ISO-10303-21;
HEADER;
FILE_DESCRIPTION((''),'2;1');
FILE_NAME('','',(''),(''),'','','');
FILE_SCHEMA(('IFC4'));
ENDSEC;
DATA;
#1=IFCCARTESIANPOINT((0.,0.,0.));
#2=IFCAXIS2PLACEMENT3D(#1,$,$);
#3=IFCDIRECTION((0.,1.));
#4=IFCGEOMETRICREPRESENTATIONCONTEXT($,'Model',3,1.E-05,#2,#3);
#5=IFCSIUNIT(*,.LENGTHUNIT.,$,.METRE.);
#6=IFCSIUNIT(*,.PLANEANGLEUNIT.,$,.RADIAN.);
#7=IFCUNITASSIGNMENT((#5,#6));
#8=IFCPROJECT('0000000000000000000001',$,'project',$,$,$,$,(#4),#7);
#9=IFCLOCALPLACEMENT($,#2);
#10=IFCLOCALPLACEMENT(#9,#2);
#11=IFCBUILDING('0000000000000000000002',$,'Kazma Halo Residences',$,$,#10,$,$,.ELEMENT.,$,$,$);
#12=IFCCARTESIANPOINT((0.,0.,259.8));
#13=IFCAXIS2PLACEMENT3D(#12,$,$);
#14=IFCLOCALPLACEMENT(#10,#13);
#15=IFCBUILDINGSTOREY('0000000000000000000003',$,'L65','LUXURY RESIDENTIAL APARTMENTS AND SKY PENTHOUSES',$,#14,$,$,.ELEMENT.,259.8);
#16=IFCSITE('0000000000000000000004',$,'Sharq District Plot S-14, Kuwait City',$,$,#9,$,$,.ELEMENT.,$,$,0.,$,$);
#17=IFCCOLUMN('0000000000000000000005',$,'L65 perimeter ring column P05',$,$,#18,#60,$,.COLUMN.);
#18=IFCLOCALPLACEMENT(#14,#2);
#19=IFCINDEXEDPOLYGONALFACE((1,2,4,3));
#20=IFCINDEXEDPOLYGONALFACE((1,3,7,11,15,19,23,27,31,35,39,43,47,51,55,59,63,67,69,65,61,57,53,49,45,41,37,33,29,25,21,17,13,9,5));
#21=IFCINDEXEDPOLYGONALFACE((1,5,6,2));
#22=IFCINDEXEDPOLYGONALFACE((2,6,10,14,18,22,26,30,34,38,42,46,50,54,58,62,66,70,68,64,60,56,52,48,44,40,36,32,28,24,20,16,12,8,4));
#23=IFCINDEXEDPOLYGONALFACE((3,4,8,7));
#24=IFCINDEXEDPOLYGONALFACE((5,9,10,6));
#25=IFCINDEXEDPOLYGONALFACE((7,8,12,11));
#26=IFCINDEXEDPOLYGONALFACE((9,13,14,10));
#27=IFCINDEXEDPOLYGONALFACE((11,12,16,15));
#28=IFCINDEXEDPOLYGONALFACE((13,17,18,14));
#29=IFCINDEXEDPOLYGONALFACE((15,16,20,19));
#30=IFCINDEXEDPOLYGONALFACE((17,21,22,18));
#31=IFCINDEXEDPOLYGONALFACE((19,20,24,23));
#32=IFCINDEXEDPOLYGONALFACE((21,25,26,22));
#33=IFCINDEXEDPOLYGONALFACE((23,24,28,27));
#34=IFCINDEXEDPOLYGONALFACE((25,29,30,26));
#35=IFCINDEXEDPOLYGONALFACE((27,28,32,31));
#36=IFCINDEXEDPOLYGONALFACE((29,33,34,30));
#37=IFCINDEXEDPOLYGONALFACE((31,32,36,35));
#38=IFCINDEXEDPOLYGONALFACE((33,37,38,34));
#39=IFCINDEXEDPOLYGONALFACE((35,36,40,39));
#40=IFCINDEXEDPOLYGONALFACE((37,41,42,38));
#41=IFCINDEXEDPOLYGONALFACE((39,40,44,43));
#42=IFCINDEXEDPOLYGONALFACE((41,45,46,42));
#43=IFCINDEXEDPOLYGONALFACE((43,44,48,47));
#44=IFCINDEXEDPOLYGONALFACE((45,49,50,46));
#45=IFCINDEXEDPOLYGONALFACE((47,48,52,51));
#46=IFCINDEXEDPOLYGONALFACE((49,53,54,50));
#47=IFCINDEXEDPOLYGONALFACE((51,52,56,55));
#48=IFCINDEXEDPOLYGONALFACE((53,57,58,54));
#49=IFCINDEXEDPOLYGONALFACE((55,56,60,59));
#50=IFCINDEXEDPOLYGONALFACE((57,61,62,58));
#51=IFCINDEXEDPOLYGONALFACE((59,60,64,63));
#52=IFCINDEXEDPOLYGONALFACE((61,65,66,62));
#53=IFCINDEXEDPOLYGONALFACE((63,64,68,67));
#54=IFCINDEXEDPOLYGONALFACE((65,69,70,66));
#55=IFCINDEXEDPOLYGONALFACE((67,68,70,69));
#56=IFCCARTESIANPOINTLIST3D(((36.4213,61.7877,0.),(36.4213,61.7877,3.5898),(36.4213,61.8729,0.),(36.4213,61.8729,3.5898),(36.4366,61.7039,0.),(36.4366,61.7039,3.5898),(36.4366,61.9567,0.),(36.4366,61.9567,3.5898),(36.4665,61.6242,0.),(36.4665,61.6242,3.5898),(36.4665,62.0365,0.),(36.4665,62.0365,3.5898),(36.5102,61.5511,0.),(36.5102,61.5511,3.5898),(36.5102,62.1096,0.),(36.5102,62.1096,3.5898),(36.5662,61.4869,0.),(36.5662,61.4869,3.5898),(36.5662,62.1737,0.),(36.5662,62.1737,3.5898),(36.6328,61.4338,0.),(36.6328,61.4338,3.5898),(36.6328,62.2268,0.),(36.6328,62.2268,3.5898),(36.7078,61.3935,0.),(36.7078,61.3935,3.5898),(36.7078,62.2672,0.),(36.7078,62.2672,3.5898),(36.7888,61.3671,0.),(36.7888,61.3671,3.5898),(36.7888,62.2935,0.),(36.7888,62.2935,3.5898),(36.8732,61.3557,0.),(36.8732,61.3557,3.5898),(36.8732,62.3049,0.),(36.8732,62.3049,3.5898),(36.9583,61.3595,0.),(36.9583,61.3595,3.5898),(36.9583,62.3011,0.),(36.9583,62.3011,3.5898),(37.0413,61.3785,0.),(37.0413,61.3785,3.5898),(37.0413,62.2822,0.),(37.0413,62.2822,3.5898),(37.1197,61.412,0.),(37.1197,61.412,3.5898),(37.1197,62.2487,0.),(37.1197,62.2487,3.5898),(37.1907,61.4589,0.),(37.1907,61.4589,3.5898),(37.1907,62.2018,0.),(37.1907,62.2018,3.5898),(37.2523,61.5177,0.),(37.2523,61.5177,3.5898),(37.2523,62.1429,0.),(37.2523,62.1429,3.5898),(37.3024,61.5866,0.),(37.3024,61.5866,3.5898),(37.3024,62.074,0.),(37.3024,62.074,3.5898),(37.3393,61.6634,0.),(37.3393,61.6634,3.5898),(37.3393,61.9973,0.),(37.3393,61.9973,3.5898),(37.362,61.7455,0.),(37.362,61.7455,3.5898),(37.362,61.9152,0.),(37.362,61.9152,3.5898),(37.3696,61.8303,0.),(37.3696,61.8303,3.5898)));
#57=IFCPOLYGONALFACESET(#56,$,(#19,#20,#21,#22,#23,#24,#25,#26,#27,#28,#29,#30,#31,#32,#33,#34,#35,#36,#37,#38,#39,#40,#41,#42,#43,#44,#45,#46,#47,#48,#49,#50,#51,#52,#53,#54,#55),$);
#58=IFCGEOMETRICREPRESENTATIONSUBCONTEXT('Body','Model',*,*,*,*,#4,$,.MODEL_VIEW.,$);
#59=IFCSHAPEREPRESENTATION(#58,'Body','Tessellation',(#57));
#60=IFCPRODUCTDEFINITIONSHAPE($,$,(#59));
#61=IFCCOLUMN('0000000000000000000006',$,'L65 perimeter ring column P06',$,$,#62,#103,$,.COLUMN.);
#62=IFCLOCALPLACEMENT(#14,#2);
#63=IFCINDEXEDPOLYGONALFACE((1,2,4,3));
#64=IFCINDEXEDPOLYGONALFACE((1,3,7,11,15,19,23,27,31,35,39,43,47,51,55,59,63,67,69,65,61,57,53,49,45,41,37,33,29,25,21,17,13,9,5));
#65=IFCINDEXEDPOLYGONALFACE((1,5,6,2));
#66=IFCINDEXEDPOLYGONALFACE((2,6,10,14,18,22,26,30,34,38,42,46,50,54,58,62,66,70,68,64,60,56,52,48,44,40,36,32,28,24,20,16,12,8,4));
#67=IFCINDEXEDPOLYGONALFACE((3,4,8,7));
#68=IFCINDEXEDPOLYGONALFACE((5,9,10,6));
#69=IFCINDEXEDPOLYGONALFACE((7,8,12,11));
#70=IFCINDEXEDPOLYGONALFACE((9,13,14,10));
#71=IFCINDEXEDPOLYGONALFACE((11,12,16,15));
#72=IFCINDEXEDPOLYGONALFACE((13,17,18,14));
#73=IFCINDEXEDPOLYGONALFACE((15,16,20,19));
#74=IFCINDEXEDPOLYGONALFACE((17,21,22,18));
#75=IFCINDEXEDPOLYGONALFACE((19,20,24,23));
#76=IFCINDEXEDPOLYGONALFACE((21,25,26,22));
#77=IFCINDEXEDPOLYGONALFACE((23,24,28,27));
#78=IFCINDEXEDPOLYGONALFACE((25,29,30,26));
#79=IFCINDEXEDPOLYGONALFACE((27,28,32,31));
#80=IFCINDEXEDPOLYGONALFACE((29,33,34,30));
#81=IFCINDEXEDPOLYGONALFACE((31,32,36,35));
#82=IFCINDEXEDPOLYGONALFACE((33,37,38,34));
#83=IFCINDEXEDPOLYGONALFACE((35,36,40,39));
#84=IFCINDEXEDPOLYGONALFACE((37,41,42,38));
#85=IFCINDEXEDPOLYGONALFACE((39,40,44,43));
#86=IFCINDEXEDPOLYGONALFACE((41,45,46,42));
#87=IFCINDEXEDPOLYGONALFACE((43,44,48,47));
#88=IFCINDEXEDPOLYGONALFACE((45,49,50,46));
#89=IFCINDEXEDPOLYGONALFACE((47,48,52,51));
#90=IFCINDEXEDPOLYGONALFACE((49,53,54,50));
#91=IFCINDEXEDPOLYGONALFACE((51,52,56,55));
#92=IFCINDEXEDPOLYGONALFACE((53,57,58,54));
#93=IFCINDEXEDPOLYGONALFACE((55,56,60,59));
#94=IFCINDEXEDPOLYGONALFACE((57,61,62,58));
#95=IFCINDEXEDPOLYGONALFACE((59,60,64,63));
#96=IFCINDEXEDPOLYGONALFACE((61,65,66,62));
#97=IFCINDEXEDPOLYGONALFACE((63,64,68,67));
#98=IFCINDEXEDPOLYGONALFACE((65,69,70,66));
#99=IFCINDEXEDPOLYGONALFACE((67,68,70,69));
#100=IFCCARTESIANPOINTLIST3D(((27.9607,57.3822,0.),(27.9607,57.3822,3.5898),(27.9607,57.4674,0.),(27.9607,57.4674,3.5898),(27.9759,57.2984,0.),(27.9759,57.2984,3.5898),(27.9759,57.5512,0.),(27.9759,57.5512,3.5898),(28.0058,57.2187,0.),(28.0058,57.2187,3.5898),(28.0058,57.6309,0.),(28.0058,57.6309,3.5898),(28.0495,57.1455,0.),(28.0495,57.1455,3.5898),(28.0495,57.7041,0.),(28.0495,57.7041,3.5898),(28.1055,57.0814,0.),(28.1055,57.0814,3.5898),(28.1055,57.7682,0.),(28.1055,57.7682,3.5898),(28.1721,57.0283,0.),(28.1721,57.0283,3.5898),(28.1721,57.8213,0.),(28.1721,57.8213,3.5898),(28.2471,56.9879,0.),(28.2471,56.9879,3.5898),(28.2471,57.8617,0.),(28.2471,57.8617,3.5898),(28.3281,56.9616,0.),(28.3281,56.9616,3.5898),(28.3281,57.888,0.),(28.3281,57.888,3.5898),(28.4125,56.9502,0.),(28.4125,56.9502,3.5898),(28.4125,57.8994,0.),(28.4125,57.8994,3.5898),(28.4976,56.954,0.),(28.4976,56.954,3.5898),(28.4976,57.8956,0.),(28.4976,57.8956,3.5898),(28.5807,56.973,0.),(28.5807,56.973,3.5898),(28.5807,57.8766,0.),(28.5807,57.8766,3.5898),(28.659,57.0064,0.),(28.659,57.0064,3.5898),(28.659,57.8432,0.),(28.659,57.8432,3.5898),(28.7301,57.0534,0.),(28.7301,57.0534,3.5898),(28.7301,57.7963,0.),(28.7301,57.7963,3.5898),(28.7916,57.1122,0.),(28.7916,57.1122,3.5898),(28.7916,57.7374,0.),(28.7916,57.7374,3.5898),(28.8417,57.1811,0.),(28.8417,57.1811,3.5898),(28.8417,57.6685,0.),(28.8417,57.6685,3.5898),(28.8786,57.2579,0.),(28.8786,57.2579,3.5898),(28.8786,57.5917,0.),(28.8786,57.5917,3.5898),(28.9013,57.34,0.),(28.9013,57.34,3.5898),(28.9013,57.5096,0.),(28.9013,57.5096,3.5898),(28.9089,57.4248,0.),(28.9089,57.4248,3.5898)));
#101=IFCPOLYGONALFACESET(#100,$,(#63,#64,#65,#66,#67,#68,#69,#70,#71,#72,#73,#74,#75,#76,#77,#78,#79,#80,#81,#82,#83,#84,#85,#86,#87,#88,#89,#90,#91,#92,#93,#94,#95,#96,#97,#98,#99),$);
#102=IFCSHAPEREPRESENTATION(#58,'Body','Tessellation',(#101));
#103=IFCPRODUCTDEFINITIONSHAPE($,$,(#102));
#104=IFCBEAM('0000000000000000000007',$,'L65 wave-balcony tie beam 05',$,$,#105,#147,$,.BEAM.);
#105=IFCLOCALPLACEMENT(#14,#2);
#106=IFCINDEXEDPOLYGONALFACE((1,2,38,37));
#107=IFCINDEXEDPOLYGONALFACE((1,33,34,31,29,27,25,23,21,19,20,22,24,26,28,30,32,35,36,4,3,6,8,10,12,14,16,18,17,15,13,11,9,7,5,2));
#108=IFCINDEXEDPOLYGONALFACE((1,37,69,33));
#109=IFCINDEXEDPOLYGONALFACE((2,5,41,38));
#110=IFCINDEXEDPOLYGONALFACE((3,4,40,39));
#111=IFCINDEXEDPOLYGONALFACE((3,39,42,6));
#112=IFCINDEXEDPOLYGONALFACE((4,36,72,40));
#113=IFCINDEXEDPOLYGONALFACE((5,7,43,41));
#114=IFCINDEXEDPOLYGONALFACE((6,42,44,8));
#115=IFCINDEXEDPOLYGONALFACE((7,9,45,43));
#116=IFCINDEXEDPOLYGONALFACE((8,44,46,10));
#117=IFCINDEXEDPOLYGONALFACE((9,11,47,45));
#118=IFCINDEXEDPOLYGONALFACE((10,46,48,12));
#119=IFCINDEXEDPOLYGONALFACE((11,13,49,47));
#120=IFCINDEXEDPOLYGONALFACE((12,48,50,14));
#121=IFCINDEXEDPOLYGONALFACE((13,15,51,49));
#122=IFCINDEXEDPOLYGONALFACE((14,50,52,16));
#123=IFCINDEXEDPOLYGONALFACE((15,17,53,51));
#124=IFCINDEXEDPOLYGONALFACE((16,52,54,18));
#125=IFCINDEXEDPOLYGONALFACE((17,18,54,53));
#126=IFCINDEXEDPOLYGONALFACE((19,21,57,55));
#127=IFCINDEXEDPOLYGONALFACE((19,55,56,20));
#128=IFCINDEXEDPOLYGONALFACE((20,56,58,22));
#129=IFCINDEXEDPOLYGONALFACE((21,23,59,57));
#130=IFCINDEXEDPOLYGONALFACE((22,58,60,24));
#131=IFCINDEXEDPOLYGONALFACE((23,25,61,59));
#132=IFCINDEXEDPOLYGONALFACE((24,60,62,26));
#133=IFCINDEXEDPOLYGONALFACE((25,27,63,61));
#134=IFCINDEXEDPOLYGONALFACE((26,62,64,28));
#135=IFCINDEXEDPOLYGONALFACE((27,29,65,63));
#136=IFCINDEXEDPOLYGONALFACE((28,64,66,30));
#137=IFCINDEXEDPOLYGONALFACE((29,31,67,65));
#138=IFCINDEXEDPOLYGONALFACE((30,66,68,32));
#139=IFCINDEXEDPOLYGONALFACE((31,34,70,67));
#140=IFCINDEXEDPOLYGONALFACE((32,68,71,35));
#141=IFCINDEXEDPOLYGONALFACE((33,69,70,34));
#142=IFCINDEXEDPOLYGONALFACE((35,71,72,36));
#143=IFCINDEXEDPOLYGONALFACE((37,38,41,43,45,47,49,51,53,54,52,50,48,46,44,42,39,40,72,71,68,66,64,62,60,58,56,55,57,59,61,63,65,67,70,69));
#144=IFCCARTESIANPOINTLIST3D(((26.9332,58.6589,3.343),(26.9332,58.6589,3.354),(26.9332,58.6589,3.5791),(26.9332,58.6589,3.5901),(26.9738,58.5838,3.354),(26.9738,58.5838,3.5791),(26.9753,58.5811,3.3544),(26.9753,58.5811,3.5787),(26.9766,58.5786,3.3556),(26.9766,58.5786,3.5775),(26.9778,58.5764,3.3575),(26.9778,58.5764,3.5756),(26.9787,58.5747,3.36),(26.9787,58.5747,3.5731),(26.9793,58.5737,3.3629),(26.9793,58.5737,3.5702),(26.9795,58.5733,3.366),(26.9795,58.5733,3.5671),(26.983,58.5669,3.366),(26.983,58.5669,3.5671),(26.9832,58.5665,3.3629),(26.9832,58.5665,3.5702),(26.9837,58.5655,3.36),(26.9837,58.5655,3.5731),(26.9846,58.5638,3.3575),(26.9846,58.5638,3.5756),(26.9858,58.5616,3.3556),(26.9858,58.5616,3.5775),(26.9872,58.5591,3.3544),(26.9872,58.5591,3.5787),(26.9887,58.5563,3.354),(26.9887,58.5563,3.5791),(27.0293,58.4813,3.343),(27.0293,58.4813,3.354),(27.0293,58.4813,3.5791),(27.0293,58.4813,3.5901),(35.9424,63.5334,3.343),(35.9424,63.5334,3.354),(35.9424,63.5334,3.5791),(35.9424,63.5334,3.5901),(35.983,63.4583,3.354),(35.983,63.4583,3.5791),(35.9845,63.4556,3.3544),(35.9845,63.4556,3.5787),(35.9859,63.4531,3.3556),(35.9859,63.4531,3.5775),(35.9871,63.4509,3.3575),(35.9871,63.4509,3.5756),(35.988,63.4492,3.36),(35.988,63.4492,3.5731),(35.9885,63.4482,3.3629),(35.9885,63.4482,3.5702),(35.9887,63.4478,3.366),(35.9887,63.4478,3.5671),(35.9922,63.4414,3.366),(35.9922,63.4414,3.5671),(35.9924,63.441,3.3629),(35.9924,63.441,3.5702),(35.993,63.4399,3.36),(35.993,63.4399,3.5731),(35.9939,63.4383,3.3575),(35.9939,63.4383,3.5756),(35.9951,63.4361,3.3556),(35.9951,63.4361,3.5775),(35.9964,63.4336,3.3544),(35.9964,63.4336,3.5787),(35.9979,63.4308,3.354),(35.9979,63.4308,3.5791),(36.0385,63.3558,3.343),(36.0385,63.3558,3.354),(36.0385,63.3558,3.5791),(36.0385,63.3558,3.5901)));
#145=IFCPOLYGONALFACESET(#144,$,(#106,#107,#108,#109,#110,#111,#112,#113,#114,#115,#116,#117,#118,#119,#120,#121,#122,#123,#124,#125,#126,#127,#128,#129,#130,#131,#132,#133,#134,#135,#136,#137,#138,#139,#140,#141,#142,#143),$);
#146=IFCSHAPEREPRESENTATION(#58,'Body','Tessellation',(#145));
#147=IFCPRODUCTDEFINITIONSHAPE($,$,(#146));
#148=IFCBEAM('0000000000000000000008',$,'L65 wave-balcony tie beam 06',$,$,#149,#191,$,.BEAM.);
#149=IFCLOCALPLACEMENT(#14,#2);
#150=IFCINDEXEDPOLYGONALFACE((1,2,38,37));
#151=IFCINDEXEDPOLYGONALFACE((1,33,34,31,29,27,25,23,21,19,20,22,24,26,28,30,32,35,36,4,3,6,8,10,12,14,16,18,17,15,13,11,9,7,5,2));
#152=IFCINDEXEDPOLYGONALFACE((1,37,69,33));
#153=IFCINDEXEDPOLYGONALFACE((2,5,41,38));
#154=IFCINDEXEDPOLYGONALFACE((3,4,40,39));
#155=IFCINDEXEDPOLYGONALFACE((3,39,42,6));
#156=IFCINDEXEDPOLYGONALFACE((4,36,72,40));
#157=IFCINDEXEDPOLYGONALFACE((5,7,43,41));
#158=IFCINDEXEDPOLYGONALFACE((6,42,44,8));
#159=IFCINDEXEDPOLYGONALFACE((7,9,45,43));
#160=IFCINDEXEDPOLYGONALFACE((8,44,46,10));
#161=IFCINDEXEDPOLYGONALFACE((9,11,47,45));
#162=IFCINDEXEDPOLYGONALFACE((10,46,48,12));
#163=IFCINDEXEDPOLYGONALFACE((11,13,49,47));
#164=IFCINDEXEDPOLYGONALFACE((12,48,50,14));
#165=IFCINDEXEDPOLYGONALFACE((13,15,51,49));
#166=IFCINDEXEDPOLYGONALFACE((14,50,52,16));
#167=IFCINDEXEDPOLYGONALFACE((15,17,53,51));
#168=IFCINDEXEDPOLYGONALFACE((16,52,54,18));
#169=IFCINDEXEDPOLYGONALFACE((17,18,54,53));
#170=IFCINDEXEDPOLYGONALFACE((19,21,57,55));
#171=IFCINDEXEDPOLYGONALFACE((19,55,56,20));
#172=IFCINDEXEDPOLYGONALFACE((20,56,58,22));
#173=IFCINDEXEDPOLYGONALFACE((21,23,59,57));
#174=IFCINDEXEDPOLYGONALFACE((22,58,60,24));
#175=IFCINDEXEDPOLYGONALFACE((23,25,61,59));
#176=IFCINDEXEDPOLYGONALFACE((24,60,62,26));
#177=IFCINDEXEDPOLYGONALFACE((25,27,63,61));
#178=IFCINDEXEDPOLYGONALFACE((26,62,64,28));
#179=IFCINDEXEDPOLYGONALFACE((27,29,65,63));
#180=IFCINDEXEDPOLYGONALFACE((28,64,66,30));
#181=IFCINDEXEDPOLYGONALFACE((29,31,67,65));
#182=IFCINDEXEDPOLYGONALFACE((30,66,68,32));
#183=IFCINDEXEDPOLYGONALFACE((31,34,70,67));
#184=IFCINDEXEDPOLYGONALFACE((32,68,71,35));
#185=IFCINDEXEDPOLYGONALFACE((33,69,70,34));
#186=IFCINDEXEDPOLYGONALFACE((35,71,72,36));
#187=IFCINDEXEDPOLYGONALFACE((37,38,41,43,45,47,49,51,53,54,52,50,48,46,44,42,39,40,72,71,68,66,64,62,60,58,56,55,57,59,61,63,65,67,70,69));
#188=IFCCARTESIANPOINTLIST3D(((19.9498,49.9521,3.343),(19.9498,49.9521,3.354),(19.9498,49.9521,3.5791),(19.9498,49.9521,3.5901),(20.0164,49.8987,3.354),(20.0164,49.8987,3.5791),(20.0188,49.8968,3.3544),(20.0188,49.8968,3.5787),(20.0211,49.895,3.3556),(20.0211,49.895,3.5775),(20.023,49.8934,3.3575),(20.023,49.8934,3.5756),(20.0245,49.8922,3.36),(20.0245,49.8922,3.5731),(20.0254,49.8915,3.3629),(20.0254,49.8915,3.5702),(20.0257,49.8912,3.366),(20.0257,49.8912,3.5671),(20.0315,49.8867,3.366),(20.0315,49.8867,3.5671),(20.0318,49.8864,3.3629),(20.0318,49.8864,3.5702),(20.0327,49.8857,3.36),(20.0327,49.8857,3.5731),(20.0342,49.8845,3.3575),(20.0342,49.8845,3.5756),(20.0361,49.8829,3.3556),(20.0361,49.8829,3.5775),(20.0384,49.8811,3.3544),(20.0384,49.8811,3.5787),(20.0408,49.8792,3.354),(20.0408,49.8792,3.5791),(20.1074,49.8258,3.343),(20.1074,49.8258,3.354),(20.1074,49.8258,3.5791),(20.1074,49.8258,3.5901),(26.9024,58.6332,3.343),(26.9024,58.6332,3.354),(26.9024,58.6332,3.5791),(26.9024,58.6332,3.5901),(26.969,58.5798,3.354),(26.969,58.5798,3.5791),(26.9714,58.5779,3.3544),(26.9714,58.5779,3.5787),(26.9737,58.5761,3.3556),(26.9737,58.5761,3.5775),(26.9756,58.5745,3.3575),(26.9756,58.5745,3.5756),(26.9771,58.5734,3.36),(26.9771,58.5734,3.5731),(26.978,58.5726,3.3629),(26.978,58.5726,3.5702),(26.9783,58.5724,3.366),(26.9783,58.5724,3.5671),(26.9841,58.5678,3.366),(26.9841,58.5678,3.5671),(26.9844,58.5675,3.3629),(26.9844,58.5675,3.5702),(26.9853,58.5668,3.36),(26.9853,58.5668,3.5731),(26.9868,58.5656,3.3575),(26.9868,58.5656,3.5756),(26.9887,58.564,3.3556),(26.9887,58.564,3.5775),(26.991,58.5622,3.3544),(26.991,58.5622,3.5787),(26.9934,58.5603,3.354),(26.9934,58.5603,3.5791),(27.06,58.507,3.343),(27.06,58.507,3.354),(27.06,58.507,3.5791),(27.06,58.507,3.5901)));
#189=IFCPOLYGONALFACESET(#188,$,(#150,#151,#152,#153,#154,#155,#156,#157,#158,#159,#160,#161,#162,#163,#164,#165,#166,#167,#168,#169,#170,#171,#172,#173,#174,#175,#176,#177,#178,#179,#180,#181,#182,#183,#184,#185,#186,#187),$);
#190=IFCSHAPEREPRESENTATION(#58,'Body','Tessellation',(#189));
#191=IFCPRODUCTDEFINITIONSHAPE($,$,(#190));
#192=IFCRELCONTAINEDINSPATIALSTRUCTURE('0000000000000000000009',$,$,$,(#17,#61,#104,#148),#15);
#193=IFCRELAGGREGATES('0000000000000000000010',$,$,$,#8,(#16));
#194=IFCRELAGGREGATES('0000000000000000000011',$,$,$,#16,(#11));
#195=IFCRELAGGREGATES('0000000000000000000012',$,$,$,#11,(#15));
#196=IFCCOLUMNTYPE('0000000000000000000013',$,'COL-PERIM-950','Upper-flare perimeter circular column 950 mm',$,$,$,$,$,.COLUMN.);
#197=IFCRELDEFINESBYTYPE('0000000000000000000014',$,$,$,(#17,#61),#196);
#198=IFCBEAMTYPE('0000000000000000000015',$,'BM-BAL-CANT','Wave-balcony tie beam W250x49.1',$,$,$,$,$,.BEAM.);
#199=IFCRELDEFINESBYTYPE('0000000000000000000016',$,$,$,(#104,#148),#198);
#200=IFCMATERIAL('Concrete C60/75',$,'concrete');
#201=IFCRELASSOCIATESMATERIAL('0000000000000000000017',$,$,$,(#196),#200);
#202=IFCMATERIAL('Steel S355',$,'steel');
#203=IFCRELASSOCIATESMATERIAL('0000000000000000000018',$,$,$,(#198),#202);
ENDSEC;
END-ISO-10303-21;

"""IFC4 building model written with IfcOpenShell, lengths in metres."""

from ifc_helpers import new_model, si_unit, direction, frame, origin, origin_2d, place, context, subcontext, project, spatial, circle, i_section, extrude, material, material_profile, profile_set, type_object, element, save


model = new_model("IFC4")

# Units and contexts
model_context = context("Model", 3, precision=1e-05, world=origin(), true_north=direction((0.0, 1.0)))
body_context = subcontext(model_context, "Body", "Model", "MODEL_VIEW")
ifc_project = project(units=[si_unit("LENGTHUNIT", "METRE"), si_unit("PLANEANGLEUNIT", "RADIAN")], contexts=[model_context])

# Site, building, storey
site_placement = place(None, origin())
site = spatial("IfcSite", under=ifc_project, at=site_placement, Name="Sharq District Plot S-14, Kuwait City", CompositionType="ELEMENT", RefElevation=0.0)
building_placement = place(site_placement, origin())
building = spatial("IfcBuilding", under=site, at=building_placement, Name="Kazma Halo Residences", CompositionType="ELEMENT")
storey_placement = place(building_placement, frame((0.0, 0.0, 259.8)))
storey = spatial("IfcBuildingStorey", under=building, at=storey_placement, Name="L65", Description="LUXURY RESIDENTIAL APARTMENTS AND SKY PENTHOUSES", CompositionType="ELEMENT", Elevation=259.8)

# Columns
ifc_material_1 = material(Name="Concrete C60/75", Category="concrete")
ifc_material_profile_1 = material_profile(ifc_material_1, circle(Radius=0.4751, at=origin_2d()), Name="CIRC950")
ifc_profile_set_1 = profile_set([ifc_material_profile_1], Name="Concrete C60/75")
column_type = type_object("IfcColumnType", Name="COL-PERIM-950", Description="Upper-flare perimeter circular column 950 mm", PredefinedType="COLUMN", material=ifc_profile_set_1)
for number, where, z_axis, x_axis, name in (
    (1, (36.8945, 61.8303, 0.0), (0.0, 0.0, 1.0), (1.0, 0.0, 0.0), "L65 perimeter ring column P05"),
    (2, (28.4338, 57.4248, 0.0), (0.0, 0.0, 1.0), (1.0, 0.0, 0.0), "L65 perimeter ring column P06"),
):
    element("IfcColumn", number, at=place(storey_placement, frame(where, z_axis=z_axis, x_axis=x_axis)), inside=storey, type_object=column_type, Name=name, PredefinedType="COLUMN", context=body_context, shape_type="SweptSolid", body=[
        extrude(circle(Radius=0.4751, at=origin_2d()), origin(), (0.0, 0.0, 1.0), 3.5898),
    ])

# Beams
ifc_material_2 = material(Name="Steel S355", Category="steel")
ifc_material_profile_2 = material_profile(ifc_material_2, i_section(OverallWidth=0.2019, OverallDepth=0.2471, WebThickness=0.0073, FlangeThickness=0.011, FilletRadius=0.012, at=origin_2d()), Name="W250x49.1")
ifc_profile_set_2 = profile_set([ifc_material_profile_2], Name="Steel S355")
beam_type_1 = type_object("IfcBeamType", Name="BM-BAL-CANT", Description="Wave-balcony tie beam W250x49.1", PredefinedType="BEAM", material=ifc_profile_set_2)
beam_1_placement = place(storey_placement, frame((35.9905, 63.4446, 3.4666), z_axis=(-0.879517, -0.475867, 0.0), x_axis=(0.475867, -0.879517, 0.0)))
element("IfcBeam", 3, at=beam_1_placement, inside=storey, type_object=beam_type_1, Name="L65 wave-balcony tie beam 05", PredefinedType="BEAM", context=body_context, shape_type="SweptSolid", body=[
    extrude(i_section(OverallWidth=0.2019, OverallDepth=0.2471, WebThickness=0.0073, FlangeThickness=0.011, FilletRadius=0.012, at=origin_2d()), origin(), (0.0, 0.0, 1.0), 10.2434),
])
beam_2_placement = place(storey_placement, frame((26.9812, 58.5701, 3.4666), z_axis=(-0.625118, -0.78053, 0.0), x_axis=(0.78053, -0.625118, 0.0)))
element("IfcBeam", 4, at=beam_2_placement, inside=storey, type_object=beam_type_1, Name="L65 wave-balcony tie beam 06", PredefinedType="BEAM", context=body_context, shape_type="SweptSolid", body=[
    extrude(i_section(OverallWidth=0.2019, OverallDepth=0.2471, WebThickness=0.0073, FlangeThickness=0.011, FilletRadius=0.012, at=origin_2d()), origin(), (0.0, 0.0, 1.0), 11.1221),
])

save(model, "model.ifc")
